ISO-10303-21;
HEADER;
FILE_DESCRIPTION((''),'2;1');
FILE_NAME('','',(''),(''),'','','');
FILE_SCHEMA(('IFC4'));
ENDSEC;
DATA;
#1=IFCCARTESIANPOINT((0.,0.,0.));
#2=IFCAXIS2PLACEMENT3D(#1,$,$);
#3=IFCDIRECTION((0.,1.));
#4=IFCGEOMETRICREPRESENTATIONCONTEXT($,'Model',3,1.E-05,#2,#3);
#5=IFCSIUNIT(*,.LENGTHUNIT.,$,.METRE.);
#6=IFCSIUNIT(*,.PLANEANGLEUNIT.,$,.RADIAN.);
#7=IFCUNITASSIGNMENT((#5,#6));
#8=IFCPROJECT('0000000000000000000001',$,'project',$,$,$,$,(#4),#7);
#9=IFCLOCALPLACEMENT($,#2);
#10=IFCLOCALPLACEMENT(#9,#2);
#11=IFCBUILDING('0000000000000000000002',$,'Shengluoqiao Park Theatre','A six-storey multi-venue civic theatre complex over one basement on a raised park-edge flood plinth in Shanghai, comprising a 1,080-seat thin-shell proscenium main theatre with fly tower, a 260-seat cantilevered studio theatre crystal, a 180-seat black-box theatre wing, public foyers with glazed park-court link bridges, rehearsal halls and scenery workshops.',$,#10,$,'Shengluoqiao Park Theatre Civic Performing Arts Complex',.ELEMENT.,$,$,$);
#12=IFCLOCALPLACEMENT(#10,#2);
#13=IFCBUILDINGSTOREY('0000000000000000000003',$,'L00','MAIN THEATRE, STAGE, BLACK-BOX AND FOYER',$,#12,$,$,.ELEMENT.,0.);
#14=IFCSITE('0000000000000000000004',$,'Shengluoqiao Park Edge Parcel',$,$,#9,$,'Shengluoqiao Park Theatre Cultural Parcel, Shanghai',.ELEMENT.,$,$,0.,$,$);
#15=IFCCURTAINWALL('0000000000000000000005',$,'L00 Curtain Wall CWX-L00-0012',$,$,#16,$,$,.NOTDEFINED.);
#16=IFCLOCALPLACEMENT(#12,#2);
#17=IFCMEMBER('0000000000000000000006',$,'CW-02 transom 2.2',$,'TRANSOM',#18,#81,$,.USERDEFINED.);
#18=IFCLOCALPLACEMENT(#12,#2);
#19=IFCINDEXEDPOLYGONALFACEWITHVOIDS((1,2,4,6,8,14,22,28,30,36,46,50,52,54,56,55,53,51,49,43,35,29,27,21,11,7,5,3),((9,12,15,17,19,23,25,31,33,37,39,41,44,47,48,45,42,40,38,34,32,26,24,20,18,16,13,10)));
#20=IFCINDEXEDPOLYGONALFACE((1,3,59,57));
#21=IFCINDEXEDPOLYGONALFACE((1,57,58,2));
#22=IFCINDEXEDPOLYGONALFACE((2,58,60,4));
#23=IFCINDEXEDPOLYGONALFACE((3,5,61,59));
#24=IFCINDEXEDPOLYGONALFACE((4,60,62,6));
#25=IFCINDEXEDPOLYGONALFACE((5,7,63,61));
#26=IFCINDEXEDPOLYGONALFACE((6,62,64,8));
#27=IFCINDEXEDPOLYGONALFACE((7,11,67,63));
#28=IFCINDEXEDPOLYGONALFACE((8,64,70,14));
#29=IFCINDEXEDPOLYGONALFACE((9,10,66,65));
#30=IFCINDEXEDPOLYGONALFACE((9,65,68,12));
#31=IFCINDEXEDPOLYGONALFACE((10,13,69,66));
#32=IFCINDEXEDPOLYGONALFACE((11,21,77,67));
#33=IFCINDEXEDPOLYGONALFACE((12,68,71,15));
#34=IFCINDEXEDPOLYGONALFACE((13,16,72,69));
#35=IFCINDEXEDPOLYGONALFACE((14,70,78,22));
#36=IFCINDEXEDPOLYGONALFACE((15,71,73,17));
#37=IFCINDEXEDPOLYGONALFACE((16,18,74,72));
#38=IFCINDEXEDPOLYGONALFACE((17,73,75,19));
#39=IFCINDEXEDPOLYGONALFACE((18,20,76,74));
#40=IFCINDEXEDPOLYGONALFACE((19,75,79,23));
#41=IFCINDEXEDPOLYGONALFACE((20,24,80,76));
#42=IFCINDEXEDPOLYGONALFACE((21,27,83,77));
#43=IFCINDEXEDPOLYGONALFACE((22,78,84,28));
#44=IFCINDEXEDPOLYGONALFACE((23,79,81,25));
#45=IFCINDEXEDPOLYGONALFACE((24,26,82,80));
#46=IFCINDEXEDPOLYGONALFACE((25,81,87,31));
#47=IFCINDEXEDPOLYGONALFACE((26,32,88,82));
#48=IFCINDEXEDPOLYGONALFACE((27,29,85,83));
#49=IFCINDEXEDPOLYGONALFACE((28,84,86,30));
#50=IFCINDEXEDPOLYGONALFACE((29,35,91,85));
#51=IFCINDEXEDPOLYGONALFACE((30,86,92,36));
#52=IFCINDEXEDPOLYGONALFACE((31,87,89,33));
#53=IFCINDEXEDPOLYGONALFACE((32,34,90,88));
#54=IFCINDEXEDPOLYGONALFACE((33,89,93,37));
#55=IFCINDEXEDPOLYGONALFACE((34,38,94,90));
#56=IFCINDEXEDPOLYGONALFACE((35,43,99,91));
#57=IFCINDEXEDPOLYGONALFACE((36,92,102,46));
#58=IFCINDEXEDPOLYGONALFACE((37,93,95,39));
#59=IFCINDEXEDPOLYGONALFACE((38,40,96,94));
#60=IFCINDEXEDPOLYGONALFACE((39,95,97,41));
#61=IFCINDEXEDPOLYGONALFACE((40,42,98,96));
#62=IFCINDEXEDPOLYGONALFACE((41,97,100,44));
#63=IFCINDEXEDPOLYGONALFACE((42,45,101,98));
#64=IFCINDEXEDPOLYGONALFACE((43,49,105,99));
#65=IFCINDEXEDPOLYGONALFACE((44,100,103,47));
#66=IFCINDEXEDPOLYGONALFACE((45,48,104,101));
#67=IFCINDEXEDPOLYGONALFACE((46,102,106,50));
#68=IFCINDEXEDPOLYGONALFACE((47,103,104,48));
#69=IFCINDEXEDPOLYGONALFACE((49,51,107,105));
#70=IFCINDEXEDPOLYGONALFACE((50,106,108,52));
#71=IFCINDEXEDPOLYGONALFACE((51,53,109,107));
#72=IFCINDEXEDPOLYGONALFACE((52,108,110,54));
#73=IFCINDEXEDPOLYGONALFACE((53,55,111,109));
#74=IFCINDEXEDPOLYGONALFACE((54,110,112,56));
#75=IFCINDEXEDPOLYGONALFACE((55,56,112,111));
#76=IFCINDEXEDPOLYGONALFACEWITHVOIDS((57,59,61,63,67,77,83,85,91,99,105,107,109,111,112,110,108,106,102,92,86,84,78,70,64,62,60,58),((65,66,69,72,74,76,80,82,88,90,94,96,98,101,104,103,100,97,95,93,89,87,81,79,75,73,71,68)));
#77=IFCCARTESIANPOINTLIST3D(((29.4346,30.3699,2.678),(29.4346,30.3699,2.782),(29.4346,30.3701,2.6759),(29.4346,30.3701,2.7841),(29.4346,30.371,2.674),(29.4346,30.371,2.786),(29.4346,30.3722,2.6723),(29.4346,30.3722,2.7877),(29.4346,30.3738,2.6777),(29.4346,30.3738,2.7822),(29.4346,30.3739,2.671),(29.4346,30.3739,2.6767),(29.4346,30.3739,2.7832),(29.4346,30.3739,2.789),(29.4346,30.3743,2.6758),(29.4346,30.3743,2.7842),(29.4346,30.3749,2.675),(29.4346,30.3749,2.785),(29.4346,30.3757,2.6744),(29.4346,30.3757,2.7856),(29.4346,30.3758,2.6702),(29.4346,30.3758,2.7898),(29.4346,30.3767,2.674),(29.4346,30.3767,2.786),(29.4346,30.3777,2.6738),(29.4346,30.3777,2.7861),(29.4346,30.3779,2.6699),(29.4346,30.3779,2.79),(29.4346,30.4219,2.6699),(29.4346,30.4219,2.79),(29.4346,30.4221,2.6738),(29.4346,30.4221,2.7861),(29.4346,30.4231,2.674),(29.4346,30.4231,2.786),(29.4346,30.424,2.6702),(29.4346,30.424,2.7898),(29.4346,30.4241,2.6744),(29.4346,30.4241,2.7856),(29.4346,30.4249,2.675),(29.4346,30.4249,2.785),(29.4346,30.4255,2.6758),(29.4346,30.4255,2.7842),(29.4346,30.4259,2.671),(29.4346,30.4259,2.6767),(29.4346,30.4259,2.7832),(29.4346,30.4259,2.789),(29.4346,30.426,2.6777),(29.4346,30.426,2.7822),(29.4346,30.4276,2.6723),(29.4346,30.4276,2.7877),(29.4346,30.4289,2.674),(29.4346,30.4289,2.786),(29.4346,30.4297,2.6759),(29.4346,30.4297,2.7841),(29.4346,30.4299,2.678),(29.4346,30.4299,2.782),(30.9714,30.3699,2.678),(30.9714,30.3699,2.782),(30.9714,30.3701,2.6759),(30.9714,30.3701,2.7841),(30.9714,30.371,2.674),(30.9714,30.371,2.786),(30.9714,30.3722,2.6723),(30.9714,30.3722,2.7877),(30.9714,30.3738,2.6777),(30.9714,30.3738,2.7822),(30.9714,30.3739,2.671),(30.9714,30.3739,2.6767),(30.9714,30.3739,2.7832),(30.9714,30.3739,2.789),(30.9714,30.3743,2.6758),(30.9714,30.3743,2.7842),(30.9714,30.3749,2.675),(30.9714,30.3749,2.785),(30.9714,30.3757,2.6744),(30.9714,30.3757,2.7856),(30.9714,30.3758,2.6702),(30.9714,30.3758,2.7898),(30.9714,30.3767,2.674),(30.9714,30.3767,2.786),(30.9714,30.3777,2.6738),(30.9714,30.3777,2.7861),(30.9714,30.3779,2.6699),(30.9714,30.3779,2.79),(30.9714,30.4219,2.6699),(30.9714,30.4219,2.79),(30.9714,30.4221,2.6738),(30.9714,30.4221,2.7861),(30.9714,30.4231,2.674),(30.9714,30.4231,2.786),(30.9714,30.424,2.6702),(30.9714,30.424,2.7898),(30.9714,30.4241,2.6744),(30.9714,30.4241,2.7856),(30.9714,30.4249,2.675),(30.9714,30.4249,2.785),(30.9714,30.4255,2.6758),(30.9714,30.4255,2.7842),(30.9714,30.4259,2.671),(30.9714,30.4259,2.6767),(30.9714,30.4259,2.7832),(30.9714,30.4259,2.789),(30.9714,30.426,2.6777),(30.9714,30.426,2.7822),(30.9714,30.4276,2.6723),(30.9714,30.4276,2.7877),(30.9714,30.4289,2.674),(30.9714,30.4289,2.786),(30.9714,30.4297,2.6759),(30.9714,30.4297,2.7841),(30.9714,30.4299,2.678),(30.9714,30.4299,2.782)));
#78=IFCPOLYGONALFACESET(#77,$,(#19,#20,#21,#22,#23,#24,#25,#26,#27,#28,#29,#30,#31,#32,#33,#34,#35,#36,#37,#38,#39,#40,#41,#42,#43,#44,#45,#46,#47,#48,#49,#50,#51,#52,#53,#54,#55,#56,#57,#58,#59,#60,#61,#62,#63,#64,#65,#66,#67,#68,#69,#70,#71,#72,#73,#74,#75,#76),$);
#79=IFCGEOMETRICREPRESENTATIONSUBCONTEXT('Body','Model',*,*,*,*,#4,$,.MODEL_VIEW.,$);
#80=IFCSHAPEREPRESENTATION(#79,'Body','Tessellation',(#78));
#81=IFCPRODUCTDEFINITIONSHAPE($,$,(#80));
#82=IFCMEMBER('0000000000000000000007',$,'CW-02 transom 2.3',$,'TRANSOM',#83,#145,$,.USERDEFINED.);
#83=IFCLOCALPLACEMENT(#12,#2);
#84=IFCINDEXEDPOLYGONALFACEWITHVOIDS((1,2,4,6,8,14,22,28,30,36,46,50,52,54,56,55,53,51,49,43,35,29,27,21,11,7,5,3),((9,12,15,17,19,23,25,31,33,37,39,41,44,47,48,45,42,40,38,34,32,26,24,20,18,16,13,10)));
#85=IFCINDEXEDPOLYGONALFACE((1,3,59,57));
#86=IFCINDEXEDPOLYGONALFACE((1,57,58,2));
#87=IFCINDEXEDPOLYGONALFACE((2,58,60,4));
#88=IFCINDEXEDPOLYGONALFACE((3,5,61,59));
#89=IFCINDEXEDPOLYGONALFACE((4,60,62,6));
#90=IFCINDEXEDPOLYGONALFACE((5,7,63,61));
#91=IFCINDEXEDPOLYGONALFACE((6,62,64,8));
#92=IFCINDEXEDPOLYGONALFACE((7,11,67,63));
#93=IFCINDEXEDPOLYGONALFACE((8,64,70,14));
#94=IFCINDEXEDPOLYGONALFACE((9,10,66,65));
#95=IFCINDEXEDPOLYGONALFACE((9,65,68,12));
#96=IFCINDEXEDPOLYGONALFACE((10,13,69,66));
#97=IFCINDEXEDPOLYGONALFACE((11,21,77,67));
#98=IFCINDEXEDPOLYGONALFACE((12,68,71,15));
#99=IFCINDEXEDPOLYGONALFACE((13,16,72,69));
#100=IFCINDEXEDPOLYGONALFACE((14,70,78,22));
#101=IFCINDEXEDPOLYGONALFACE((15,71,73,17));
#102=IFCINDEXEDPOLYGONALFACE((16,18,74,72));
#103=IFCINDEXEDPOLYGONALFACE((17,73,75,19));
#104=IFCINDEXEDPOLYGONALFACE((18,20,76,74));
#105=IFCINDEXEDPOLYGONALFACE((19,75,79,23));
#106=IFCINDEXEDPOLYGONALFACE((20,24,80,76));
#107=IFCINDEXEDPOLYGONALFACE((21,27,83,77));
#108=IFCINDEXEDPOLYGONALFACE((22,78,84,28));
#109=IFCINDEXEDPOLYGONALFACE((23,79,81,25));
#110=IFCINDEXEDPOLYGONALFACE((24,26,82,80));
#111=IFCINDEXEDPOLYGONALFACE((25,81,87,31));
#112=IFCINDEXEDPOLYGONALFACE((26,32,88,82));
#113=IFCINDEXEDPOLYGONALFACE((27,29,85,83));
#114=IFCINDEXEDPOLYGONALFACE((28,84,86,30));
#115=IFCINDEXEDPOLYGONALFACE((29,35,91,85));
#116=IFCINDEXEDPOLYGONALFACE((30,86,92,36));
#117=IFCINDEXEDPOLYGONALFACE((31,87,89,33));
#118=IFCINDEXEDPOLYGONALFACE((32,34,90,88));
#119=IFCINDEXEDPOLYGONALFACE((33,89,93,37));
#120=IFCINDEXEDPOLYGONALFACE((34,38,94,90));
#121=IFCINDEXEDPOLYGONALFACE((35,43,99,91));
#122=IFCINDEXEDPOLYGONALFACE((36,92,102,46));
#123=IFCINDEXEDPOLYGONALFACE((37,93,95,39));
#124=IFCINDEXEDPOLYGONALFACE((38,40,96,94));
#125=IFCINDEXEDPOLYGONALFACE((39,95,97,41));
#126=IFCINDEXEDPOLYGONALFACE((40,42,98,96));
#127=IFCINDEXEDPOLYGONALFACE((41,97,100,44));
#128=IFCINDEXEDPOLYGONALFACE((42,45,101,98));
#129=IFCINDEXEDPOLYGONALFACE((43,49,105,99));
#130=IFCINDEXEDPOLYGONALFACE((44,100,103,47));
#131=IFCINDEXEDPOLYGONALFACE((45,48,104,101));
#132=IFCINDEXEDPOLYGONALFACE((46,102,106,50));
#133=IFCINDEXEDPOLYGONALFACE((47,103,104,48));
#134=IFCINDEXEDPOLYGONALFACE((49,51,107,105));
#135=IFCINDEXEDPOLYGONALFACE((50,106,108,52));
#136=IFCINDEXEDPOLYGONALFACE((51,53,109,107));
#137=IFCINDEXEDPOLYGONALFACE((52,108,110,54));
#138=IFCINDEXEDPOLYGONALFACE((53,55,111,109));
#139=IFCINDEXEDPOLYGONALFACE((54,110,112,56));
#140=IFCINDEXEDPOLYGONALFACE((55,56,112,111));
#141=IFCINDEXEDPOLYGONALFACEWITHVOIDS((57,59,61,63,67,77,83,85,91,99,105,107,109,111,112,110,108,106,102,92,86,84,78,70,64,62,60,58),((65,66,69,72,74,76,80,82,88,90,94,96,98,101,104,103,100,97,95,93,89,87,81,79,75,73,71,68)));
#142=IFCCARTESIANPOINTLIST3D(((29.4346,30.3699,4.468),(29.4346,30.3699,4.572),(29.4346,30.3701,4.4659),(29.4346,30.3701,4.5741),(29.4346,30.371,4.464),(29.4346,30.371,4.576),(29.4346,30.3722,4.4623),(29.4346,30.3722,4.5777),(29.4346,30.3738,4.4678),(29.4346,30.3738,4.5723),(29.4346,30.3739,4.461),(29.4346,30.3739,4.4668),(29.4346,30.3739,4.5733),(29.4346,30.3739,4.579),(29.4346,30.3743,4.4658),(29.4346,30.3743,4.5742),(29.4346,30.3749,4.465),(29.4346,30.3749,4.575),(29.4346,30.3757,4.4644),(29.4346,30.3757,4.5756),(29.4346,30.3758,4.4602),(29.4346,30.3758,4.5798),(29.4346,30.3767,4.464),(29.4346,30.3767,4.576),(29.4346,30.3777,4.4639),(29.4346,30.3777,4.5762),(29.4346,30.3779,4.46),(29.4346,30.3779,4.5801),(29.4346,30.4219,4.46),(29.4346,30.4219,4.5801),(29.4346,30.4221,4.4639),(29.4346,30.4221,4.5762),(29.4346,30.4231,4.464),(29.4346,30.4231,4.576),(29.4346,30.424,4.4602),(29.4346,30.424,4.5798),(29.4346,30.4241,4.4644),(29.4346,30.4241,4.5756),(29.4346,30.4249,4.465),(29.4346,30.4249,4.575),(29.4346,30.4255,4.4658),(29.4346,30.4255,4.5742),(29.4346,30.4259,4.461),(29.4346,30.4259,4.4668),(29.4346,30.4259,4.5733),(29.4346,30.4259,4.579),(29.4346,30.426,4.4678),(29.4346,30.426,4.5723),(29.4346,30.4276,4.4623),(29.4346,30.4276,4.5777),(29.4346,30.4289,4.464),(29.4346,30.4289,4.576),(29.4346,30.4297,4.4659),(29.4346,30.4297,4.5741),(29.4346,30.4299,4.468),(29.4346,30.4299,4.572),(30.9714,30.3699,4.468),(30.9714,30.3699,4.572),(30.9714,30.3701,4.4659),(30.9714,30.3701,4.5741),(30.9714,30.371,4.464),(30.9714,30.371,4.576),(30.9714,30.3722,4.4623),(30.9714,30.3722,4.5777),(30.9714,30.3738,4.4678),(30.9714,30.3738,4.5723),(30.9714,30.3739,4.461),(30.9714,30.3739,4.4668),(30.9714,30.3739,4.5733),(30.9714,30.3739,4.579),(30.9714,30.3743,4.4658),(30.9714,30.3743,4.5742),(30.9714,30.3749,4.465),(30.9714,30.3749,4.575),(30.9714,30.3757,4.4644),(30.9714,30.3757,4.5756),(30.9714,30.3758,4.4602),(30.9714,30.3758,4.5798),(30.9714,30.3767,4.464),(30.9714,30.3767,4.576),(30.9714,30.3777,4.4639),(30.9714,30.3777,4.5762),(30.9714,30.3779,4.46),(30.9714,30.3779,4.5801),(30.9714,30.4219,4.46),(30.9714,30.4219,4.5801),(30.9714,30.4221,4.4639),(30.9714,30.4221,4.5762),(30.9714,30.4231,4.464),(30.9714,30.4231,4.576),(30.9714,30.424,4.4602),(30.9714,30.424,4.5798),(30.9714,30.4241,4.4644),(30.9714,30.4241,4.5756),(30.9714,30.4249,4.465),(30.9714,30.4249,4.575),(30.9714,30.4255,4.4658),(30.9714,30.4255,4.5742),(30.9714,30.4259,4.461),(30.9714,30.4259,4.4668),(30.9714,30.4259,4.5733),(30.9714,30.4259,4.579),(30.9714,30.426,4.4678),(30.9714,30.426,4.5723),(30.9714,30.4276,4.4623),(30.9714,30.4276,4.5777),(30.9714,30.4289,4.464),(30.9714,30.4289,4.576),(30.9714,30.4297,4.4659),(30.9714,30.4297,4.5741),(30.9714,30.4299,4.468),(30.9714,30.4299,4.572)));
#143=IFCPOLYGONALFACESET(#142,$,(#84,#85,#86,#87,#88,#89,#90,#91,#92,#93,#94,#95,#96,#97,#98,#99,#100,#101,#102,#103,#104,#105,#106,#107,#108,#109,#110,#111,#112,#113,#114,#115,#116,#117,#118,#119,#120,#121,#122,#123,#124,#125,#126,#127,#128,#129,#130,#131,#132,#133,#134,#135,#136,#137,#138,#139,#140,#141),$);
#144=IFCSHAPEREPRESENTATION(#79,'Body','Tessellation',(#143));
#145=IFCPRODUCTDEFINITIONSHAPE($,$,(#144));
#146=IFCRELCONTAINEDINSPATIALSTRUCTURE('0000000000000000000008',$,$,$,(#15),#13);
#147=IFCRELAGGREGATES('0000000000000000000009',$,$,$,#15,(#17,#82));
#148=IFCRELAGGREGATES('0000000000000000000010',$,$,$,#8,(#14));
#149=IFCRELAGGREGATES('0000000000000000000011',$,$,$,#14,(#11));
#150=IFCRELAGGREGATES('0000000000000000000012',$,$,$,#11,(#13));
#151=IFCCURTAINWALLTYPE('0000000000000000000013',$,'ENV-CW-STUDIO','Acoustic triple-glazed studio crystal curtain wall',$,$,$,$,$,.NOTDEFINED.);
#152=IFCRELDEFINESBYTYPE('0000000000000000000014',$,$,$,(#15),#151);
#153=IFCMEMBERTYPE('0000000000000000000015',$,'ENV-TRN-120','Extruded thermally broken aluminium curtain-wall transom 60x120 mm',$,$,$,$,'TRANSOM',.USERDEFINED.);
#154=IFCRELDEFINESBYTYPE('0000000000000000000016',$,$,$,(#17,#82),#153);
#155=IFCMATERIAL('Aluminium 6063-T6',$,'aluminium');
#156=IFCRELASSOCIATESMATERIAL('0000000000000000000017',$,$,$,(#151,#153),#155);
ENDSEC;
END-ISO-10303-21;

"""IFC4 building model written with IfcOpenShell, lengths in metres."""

from ifc_helpers import new_model, si_unit, direction, frame, origin, origin_2d, place, context, subcontext, project, spatial, hollow_rectangle, extrude, material, material_profile, profile_set, type_object, element, aggregate, save


model = new_model("IFC4")

# Units and contexts
model_context = context("Model", 3, precision=1e-05, world=origin(), true_north=direction((0.0, 1.0)))
body_context = subcontext(model_context, "Body", "Model", "MODEL_VIEW")
ifc_project = project(units=[si_unit("LENGTHUNIT", "METRE"), si_unit("PLANEANGLEUNIT", "RADIAN")], contexts=[model_context])

# Site, building, storey
site_placement = place(None, origin())
site = spatial("IfcSite", under=ifc_project, at=site_placement, Name="Shengluoqiao Park Edge Parcel", LongName="Shengluoqiao Park Theatre Cultural Parcel, Shanghai", CompositionType="ELEMENT", RefElevation=0.0)
building_placement = place(site_placement, origin())
building = spatial("IfcBuilding", under=site, at=building_placement, Name="Shengluoqiao Park Theatre", Description="A six-storey multi-venue civic theatre complex over one basement on a raised park-edge flood plinth in Shanghai, comprising a 1,080-seat thin-shell proscenium main theatre with fly tower, a 260-seat cantilevered studio theatre crystal, a 180-seat black-box theatre wing, public foyers with glazed park-court link bridges, rehearsal halls and scenery workshops.", LongName="Shengluoqiao Park Theatre Civic Performing Arts Complex", CompositionType="ELEMENT")
storey_placement = place(building_placement, origin())
storey = spatial("IfcBuildingStorey", under=building, at=storey_placement, Name="L00", Description="MAIN THEATRE, STAGE, BLACK-BOX AND FOYER", CompositionType="ELEMENT", Elevation=0.0)

# Curtain wall
ifc_material_1 = material(Name="Aluminium 6063-T6", Category="aluminium")
curtain_wall_type_1 = type_object("IfcCurtainWallType", Name="ENV-CW-STUDIO", Description="Acoustic triple-glazed studio crystal curtain wall", PredefinedType="NOTDEFINED", material=ifc_material_1)
curtain_wall_1_placement = place(storey_placement, origin())
curtain_wall_1 = element("IfcCurtainWall", 1, at=curtain_wall_1_placement, inside=storey, type_object=curtain_wall_type_1, Name="L00 Curtain Wall CWX-L00-0012", PredefinedType="NOTDEFINED")

# Members
ifc_material_profile_1 = material_profile(ifc_material_1, hollow_rectangle(XDim=0.0601, YDim=0.1201, WallThickness=0.0039, InnerFilletRadius=0.0039, OuterFilletRadius=0.0081, at=origin_2d()), Name="ALU TRANSOM 120x60x4")
ifc_profile_set_1 = profile_set([ifc_material_profile_1], Name="Aluminium 6063-T6")
member_type_1 = type_object("IfcMemberType", Name="ENV-TRN-120", Description="Extruded thermally broken aluminium curtain-wall transom 60x120 mm", ElementType="TRANSOM", PredefinedType="USERDEFINED", material=ifc_profile_set_1)
member_1_placement = place(storey_placement, frame((29.4346, 30.3999, 2.73), z_axis=(1.0, 0.0, 0.0), x_axis=(0.0, 1.0, 0.0)))
member_1 = element("IfcMember", 2, at=member_1_placement, type_object=member_type_1, Name="CW-02 transom 2.2", ObjectType="TRANSOM", PredefinedType="USERDEFINED", context=body_context, shape_type="SweptSolid", body=[
    extrude(hollow_rectangle(XDim=0.0601, YDim=0.1201, WallThickness=0.0039, InnerFilletRadius=0.0039, OuterFilletRadius=0.0081, at=origin_2d()), origin(), (0.0, 0.0, 1.0), 1.5369),
])
member_2_placement = place(storey_placement, frame((29.4346, 30.3999, 4.52), z_axis=(1.0, 0.0, 0.0), x_axis=(0.0, 1.0, 0.0)))
member_2 = element("IfcMember", 3, at=member_2_placement, type_object=member_type_1, Name="CW-02 transom 2.3", ObjectType="TRANSOM", PredefinedType="USERDEFINED", context=body_context, shape_type="SweptSolid", body=[
    extrude(hollow_rectangle(XDim=0.0601, YDim=0.1201, WallThickness=0.0039, InnerFilletRadius=0.0039, OuterFilletRadius=0.0081, at=origin_2d()), origin(), (0.0, 0.0, 1.0), 1.5369),
])

aggregate(curtain_wall_1, [member_1, member_2])

save(model, "model.ifc")
